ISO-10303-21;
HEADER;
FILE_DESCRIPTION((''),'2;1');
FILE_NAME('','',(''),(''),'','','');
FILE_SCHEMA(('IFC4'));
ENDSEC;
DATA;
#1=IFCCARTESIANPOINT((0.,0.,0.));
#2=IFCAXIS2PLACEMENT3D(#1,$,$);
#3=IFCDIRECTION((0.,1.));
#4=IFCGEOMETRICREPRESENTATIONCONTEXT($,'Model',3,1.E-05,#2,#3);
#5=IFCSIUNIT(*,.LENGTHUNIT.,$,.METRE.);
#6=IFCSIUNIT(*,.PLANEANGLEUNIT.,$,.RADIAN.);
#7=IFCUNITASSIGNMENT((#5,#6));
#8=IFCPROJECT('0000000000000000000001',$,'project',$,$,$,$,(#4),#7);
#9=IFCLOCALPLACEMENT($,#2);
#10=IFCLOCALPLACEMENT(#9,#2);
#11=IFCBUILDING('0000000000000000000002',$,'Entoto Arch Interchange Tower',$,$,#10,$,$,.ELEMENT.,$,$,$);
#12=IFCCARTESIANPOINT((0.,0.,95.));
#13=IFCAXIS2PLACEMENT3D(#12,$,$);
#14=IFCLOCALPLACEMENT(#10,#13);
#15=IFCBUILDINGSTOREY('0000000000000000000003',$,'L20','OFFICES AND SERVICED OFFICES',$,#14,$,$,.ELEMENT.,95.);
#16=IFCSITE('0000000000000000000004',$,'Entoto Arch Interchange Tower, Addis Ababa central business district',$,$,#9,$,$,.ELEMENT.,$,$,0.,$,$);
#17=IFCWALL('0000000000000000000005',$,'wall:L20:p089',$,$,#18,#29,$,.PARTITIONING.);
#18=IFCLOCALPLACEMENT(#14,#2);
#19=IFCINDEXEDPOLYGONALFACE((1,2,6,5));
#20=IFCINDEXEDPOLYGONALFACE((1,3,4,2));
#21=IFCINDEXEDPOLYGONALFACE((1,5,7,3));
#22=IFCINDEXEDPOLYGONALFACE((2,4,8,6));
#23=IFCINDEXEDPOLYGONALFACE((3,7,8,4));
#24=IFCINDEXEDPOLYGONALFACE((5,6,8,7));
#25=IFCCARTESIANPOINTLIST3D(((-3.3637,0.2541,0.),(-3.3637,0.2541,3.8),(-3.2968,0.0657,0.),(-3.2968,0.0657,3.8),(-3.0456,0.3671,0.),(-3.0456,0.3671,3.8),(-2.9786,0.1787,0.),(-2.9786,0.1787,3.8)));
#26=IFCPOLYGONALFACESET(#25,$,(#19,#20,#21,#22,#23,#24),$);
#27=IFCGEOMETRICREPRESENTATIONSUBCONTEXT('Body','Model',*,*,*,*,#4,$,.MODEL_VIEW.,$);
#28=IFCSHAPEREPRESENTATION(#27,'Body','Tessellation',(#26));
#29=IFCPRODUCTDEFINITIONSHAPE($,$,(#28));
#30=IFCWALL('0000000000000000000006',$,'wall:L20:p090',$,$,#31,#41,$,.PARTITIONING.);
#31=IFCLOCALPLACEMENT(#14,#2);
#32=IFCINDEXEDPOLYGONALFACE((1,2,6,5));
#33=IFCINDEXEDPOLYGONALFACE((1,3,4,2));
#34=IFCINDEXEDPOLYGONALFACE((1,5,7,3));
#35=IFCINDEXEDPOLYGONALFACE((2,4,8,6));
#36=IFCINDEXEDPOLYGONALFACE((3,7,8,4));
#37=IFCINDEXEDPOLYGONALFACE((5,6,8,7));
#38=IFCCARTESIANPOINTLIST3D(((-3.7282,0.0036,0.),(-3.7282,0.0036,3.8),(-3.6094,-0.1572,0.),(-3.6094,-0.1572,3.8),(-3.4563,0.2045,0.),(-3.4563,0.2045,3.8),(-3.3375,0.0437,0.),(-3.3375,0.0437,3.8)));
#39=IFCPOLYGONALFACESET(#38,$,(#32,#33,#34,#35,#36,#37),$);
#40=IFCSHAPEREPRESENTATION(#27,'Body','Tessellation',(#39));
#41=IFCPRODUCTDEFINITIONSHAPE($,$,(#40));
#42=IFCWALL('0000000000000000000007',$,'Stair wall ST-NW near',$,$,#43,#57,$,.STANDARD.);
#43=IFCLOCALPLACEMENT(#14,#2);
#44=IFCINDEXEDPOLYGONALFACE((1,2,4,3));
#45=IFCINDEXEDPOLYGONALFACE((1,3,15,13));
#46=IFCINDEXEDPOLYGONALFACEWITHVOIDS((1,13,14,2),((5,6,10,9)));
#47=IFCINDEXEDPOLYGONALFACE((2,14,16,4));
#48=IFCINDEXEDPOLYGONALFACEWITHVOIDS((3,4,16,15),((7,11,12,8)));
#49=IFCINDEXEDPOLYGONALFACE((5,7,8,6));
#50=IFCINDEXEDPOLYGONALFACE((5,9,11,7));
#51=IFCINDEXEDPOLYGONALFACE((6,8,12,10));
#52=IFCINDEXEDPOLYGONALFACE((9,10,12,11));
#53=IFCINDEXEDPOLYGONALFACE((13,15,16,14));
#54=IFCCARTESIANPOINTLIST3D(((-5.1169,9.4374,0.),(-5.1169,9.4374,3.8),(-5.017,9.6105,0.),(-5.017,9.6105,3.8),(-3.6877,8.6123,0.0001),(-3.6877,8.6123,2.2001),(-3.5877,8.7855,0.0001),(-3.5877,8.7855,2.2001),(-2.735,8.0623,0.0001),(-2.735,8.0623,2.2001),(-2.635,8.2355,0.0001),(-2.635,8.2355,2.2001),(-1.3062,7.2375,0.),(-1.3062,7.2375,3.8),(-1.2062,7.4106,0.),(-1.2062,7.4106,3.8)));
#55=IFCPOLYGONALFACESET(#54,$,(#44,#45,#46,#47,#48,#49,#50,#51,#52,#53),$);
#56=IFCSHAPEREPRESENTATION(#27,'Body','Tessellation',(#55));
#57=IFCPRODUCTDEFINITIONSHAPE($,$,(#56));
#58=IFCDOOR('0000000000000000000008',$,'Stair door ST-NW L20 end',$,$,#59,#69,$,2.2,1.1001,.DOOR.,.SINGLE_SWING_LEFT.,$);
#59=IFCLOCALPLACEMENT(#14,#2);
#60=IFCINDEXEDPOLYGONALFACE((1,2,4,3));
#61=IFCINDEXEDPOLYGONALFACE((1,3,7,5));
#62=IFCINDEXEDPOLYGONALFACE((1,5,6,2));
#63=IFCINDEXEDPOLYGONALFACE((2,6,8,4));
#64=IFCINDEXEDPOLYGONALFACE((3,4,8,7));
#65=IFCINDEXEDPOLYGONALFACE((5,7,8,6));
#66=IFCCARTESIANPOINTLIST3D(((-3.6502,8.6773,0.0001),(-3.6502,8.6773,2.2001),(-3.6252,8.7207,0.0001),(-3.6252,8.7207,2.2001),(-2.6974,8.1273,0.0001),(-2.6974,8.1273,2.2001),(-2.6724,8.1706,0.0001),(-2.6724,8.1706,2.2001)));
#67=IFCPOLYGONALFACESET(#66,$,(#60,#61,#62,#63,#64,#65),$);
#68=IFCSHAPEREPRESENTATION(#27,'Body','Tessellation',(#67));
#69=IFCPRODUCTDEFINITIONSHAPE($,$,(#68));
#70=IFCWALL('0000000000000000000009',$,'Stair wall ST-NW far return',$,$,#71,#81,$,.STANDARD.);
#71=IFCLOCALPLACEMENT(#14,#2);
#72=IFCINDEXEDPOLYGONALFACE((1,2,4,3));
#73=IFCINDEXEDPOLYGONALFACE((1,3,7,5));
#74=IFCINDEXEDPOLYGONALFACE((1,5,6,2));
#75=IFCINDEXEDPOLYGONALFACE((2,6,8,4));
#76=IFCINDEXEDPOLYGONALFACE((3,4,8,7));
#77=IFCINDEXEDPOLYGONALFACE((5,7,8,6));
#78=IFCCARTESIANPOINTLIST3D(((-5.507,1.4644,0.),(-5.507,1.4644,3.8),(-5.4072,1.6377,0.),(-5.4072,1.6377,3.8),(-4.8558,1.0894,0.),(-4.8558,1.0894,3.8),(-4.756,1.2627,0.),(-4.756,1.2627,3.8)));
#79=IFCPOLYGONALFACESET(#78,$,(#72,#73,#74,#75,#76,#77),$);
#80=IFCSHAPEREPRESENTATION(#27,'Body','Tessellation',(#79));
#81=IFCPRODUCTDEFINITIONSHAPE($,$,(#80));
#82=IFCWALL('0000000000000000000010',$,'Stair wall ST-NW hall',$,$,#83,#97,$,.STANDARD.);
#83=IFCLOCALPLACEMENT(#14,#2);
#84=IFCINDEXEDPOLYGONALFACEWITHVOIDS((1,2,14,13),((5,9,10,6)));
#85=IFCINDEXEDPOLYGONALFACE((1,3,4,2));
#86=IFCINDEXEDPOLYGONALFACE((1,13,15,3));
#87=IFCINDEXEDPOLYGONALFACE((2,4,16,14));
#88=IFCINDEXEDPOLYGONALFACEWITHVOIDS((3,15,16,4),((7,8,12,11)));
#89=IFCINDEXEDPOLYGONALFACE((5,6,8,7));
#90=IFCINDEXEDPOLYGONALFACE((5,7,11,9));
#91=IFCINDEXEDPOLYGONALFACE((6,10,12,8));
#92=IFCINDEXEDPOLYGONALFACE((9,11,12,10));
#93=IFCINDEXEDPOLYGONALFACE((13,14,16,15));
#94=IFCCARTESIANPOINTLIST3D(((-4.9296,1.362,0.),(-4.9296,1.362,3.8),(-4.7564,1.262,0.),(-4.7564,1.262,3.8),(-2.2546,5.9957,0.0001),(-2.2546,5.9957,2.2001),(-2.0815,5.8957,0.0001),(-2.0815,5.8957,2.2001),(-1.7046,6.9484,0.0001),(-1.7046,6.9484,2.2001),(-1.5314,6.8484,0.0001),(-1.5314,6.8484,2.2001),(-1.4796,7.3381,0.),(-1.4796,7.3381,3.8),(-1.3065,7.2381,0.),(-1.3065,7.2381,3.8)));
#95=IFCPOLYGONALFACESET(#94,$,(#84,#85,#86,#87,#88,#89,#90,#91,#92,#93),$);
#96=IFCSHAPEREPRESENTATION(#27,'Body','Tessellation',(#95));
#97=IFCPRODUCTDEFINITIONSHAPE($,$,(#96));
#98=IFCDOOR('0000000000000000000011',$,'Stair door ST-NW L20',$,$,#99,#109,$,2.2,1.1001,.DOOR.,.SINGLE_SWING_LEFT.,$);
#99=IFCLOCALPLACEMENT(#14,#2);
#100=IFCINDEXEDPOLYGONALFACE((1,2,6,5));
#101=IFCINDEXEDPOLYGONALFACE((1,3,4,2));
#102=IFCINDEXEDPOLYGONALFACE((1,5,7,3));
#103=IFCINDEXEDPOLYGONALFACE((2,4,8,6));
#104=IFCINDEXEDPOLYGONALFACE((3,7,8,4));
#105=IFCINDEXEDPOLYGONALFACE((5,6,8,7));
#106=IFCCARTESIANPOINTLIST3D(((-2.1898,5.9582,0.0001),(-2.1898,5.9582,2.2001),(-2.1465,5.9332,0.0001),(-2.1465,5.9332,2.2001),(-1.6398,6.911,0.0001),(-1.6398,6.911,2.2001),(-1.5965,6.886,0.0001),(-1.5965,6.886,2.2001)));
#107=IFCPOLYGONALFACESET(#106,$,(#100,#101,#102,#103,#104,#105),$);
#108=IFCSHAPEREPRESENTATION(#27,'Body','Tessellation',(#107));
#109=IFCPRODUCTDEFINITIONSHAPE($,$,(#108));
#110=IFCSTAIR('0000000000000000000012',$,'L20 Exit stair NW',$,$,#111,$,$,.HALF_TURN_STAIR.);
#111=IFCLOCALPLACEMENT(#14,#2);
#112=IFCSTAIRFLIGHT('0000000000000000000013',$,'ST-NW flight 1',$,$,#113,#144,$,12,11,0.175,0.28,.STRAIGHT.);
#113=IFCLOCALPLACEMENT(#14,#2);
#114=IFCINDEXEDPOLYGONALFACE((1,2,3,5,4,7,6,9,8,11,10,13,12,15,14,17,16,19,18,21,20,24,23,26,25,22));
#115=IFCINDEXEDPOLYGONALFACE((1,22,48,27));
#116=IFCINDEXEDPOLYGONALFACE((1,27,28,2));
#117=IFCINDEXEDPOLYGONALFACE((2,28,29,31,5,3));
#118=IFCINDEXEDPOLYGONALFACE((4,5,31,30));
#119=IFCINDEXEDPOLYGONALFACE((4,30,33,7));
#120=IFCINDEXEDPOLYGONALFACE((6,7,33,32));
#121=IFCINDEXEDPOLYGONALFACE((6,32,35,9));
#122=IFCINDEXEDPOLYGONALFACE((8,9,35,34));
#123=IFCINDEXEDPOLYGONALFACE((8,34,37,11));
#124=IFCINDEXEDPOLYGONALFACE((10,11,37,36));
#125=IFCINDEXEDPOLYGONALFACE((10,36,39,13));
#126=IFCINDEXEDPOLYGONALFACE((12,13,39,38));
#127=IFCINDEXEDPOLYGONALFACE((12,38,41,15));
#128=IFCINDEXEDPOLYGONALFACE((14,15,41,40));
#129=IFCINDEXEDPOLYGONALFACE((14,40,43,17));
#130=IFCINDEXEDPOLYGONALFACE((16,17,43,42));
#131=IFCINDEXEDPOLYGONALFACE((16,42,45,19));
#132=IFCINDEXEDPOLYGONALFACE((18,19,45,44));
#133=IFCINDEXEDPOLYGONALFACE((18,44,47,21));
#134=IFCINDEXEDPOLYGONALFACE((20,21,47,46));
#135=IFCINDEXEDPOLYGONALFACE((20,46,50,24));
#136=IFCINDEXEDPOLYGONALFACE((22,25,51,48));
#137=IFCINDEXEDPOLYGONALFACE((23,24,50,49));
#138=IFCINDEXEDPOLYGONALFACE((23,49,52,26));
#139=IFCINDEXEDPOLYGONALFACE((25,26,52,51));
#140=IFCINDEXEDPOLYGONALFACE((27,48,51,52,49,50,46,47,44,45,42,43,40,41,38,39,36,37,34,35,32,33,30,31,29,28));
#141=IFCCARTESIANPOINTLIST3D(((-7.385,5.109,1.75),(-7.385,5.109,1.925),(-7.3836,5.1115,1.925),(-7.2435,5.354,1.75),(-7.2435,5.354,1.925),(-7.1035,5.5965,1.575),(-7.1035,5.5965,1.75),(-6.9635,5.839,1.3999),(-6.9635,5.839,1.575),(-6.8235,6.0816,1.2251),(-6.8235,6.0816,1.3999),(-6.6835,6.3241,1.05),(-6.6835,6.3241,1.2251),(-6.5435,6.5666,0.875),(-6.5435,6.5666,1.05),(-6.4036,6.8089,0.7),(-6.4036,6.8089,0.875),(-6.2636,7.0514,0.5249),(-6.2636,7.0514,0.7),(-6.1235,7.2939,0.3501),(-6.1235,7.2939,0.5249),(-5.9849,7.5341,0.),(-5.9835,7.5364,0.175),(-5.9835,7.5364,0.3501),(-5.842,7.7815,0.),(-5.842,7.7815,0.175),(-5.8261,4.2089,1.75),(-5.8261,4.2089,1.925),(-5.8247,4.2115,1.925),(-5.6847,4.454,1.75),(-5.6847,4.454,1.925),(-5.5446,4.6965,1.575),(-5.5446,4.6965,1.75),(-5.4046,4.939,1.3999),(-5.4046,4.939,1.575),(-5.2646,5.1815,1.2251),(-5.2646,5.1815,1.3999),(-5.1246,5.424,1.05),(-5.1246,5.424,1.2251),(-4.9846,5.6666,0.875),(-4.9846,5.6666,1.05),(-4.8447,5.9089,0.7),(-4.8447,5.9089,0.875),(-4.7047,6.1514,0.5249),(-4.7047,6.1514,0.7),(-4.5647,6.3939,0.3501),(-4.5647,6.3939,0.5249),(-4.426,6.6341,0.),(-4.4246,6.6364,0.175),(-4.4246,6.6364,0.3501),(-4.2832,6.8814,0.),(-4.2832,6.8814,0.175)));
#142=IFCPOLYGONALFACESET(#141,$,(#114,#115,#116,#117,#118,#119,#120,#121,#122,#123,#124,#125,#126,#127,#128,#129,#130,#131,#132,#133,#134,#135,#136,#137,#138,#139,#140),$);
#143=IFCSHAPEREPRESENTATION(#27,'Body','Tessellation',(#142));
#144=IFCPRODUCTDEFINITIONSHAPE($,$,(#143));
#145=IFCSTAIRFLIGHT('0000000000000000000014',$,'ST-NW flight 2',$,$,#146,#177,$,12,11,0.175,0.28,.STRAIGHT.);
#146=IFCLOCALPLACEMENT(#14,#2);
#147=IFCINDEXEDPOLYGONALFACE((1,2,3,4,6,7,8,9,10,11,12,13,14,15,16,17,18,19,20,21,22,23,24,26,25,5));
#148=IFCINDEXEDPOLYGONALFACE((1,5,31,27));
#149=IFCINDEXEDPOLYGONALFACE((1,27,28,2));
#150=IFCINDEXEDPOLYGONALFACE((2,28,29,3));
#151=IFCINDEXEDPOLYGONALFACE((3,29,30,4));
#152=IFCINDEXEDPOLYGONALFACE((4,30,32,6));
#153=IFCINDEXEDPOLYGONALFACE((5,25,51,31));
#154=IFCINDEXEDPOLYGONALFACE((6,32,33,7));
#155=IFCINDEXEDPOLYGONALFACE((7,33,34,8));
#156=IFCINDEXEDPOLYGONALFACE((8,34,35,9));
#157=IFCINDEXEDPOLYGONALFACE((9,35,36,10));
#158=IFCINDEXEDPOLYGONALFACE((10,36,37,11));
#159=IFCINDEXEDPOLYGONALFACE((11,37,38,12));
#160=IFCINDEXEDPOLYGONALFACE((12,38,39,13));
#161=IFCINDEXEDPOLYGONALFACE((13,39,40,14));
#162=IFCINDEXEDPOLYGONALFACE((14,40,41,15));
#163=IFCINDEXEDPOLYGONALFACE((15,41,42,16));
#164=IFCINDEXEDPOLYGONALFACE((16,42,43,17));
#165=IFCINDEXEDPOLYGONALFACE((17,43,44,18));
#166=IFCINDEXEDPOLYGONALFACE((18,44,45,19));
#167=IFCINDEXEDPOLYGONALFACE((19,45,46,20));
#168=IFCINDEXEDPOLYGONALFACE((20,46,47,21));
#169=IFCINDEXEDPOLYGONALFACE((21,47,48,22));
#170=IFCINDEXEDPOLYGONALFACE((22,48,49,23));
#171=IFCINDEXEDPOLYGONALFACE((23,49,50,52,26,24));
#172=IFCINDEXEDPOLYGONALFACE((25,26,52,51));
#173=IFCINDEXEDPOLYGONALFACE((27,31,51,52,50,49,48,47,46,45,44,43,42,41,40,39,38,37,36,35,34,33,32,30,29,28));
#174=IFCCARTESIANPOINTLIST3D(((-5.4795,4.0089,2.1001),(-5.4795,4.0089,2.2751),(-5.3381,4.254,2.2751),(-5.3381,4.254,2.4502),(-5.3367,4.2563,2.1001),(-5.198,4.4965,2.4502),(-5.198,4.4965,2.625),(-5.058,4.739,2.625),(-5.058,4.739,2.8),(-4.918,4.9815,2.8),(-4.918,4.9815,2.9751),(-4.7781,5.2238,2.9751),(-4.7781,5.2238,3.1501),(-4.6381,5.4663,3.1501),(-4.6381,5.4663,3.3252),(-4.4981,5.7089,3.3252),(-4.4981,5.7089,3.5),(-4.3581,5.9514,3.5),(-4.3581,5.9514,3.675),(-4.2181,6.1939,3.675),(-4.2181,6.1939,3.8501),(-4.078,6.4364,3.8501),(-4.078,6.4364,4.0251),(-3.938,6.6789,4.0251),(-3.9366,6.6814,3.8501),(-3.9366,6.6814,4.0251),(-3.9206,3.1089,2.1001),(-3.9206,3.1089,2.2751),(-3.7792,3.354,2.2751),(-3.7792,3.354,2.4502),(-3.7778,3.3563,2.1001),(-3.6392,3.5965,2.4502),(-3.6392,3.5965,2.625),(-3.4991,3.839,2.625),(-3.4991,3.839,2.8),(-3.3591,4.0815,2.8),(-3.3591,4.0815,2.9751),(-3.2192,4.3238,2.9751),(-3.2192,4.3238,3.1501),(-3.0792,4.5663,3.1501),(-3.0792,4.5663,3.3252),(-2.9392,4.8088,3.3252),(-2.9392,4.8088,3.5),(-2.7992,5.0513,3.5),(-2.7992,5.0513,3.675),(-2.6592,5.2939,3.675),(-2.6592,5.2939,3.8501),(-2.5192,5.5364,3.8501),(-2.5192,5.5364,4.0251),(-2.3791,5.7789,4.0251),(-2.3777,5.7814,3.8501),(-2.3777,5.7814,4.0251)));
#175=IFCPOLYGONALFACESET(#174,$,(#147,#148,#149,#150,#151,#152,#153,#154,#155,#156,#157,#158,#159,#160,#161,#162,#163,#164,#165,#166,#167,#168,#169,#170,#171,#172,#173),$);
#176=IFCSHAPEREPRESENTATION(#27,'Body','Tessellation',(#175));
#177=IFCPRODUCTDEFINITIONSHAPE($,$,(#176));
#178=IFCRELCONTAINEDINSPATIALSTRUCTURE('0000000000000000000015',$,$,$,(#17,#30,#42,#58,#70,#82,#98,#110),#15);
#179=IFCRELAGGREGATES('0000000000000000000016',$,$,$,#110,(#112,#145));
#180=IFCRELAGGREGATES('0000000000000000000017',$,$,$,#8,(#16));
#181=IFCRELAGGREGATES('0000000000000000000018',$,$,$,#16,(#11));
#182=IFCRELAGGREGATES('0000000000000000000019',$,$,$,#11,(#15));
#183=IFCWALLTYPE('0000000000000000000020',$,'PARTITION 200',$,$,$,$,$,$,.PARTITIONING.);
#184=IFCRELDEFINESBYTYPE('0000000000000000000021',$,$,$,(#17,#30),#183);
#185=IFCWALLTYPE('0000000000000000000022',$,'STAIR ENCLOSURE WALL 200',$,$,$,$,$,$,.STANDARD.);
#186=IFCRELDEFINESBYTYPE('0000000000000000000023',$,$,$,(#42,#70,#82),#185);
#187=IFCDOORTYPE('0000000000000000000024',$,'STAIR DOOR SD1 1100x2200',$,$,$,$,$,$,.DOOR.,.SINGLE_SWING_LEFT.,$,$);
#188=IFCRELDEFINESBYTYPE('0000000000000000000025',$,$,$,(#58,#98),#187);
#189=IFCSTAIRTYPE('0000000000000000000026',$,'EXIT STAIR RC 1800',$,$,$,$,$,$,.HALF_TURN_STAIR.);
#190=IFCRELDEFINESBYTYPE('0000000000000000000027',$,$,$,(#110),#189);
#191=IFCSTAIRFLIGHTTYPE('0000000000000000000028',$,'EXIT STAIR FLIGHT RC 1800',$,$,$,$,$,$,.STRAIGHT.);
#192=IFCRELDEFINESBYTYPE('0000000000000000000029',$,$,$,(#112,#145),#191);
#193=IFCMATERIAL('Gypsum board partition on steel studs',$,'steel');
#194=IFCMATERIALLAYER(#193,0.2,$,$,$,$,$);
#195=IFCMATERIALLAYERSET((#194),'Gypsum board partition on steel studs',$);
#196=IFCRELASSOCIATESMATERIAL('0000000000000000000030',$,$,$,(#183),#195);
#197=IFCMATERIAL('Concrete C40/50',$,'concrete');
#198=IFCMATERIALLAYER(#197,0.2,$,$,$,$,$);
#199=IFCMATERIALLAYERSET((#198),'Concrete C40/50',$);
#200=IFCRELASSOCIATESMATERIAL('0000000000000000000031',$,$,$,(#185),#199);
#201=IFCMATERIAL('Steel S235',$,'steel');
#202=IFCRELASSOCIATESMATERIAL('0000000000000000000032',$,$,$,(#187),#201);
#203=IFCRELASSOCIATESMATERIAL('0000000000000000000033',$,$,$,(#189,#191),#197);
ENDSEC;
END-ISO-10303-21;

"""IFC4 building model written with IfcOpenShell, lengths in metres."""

from ifc_helpers import new_model, si_unit, direction, frame, frame_2d, origin, place, context, subcontext, project, spatial, polyline, rectangle, outline, extrude, material, layer, layer_set, type_object, element, fill, aggregate, save


model = new_model("IFC4")

# Units and contexts
model_context = context("Model", 3, precision=1e-05, world=origin(), true_north=direction((0.0, 1.0)))
body_context = subcontext(model_context, "Body", "Model", "MODEL_VIEW")
ifc_project = project(units=[si_unit("LENGTHUNIT", "METRE"), si_unit("PLANEANGLEUNIT", "RADIAN")], contexts=[model_context])

# Site, building, storey
site_placement = place(None, origin())
site = spatial("IfcSite", under=ifc_project, at=site_placement, Name="Entoto Arch Interchange Tower, Addis Ababa central business district", CompositionType="ELEMENT", RefElevation=0.0)
building_placement = place(site_placement, origin())
building = spatial("IfcBuilding", under=site, at=building_placement, Name="Entoto Arch Interchange Tower", CompositionType="ELEMENT")
storey_placement = place(building_placement, frame((0.0, 0.0, 95.0)))
storey = spatial("IfcBuildingStorey", under=building, at=storey_placement, Name="L20", Description="OFFICES AND SERVICED OFFICES", CompositionType="ELEMENT", Elevation=95.0)

# Shared definitions
ifc_material_1 = material(Name="Gypsum board partition on steel studs", Category="steel")
ifc_layer_1 = layer(ifc_material_1, 0.2)
ifc_layer_set_1 = layer_set([ifc_layer_1], Name="Gypsum board partition on steel studs")
wall_type_1 = type_object("IfcWallType", Name="PARTITION 200", PredefinedType="PARTITIONING", material=ifc_layer_set_1)

# Walls
wall_1_placement = place(storey_placement, frame((-3.012, 0.2729, 0.0), z_axis=(0.0, 0.0, 1.0), x_axis=(-0.942281, -0.334824, 0.0)))
element("IfcWall", 1, at=wall_1_placement, inside=storey, type_object=wall_type_1, Name="wall:L20:p089", PredefinedType="PARTITIONING", context=body_context, shape_type="SweptSolid", body=[
    extrude(rectangle(XDim=0.3376, YDim=0.2, at=frame_2d((0.1689, 0.0))), origin(), (0.0, 0.0, 1.0), 3.8),
])
wall_2_placement = place(storey_placement, frame((-3.397, 0.124, 0.0), z_axis=(0.0, 0.0, 1.0), x_axis=(-0.804311, -0.594208, 0.0)))
element("IfcWall", 2, at=wall_2_placement, inside=storey, type_object=wall_type_1, Name="wall:L20:p090", PredefinedType="PARTITIONING", context=body_context, shape_type="SweptSolid", body=[
    extrude(rectangle(XDim=0.3381, YDim=0.2, at=frame_2d((0.1689, 0.0))), origin(), (0.0, 0.0, 1.0), 3.8),
])

# Wall, opening, door
ifc_material_2 = material(Name="Concrete C40/50", Category="concrete")
ifc_layer_2 = layer(ifc_material_2, 0.2)
ifc_layer_set_2 = layer_set([ifc_layer_2], Name="Concrete C40/50")
wall_type_2 = type_object("IfcWallType", Name="STAIR ENCLOSURE WALL 200", PredefinedType="STANDARD", material=ifc_layer_set_2)
wall_3_placement = place(storey_placement, frame((-1.2561, 7.324, 0.0), z_axis=(0.0, 0.0, 1.0), x_axis=(-0.866046, 0.499964, 0.0)))
wall_3 = element("IfcWall", 3, at=wall_3_placement, inside=storey, type_object=wall_type_2, Name="Stair wall ST-NW near", PredefinedType="STANDARD", context=body_context, shape_type="SweptSolid", body=[
    extrude(rectangle(XDim=4.4001, YDim=0.2, at=frame_2d((2.2002, 0.0))), origin(), (0.0, 0.0, 1.0), 3.8),
])
opening_1_placement = place(wall_3_placement, frame((1.6499, 0.0, 0.0)))
opening_1 = element("IfcOpeningElement", 4, at=opening_1_placement, cuts=wall_3, PredefinedType="OPENING", context=body_context, shape_type="SweptSolid", body=[
    extrude(rectangle(XDim=1.1001, YDim=2.2, at=frame_2d((0.55, 1.1001))), frame((0.0, 0.1099, 0.0), z_axis=(0.0, -1.0, 0.0), x_axis=(1.0, 0.0, 0.0)), (0.0, 0.0, 1.0), 0.22),
])
ifc_material_3 = material(Name="Steel S235", Category="steel")
door_type_1 = type_object("IfcDoorType", Name="STAIR DOOR SD1 1100x2200", OperationType="SINGLE_SWING_LEFT", PredefinedType="DOOR", material=ifc_material_3)
door_1_placement = place(opening_1_placement, origin())
door_1 = element("IfcDoor", 5, at=door_1_placement, inside=storey, type_object=door_type_1, Name="Stair door ST-NW L20 end", OperationType="SINGLE_SWING_LEFT", OverallHeight=2.2, OverallWidth=1.1001, PredefinedType="DOOR", context=body_context, shape_type="SweptSolid", body=[
    extrude(rectangle(XDim=1.1001, YDim=2.2, at=frame_2d((0.55, 1.1001))), frame((0.0, 0.0249, 0.0), z_axis=(0.0, -1.0, 0.0), x_axis=(1.0, 0.0, 0.0)), (0.0, 0.0, 1.0), 0.05),
])
fill(opening_1, door_1)

# Wall
wall_4_placement = place(storey_placement, frame((-4.8059, 1.176, 0.0), z_axis=(0.0, 0.0, 1.0), x_axis=(-0.866559, 0.499075, 0.0)))
element("IfcWall", 6, at=wall_4_placement, inside=storey, type_object=wall_type_2, Name="Stair wall ST-NW far return", PredefinedType="STANDARD", context=body_context, shape_type="SweptSolid", body=[
    extrude(rectangle(XDim=0.7515, YDim=0.2, at=frame_2d((0.3757, 0.0))), origin(), (0.0, 0.0, 1.0), 3.8),
])

# Wall, opening, door
wall_5_placement = place(storey_placement, frame((-1.3931, 7.2881, 0.0), z_axis=(0.0, 0.0, 1.0), x_axis=(-0.499963, -0.866047, 0.0)))
wall_5 = element("IfcWall", 7, at=wall_5_placement, inside=storey, type_object=wall_type_2, Name="Stair wall ST-NW hall", PredefinedType="STANDARD", context=body_context, shape_type="SweptSolid", body=[
    extrude(rectangle(XDim=6.9004, YDim=0.2, at=frame_2d((3.4502, 0.0))), origin(), (0.0, 0.0, 1.0), 3.8),
])
opening_2_placement = place(wall_5_placement, frame((0.45, 0.0, 0.0)))
opening_2 = element("IfcOpeningElement", 8, at=opening_2_placement, cuts=wall_5, PredefinedType="OPENING", context=body_context, shape_type="SweptSolid", body=[
    extrude(rectangle(XDim=1.1001, YDim=2.2, at=frame_2d((0.55, 1.1001))), frame((0.0, 0.1099, 0.0), z_axis=(0.0, -1.0, 0.0), x_axis=(1.0, 0.0, 0.0)), (0.0, 0.0, 1.0), 0.22),
])
door_2_placement = place(opening_2_placement, origin())
door_2 = element("IfcDoor", 9, at=door_2_placement, inside=storey, type_object=door_type_1, Name="Stair door ST-NW L20", OperationType="SINGLE_SWING_LEFT", OverallHeight=2.2, OverallWidth=1.1001, PredefinedType="DOOR", context=body_context, shape_type="SweptSolid", body=[
    extrude(rectangle(XDim=1.1001, YDim=2.2, at=frame_2d((0.55, 1.1001))), frame((0.0, 0.0249, 0.0), z_axis=(0.0, -1.0, 0.0), x_axis=(1.0, 0.0, 0.0)), (0.0, 0.0, 1.0), 0.05),
])
fill(opening_2, door_2)

# Stair, stair flights
stair_type = type_object("IfcStairType", Name="EXIT STAIR RC 1800", PredefinedType="HALF_TURN_STAIR", material=ifc_material_2)
stair_placement = place(storey_placement, origin())
stair = element("IfcStair", 10, at=stair_placement, inside=storey, type_object=stair_type, Name="L20 Exit stair NW", PredefinedType="HALF_TURN_STAIR")
stair_flight_type = type_object("IfcStairFlightType", Name="EXIT STAIR FLIGHT RC 1800", PredefinedType="STRAIGHT", material=ifc_material_2)
stair_flight_1_placement = place(storey_placement, frame((-5.064, 7.3289, 0.0), z_axis=(0.0, 0.0, 1.0), x_axis=(-0.5, -0.866025, 0.0)))
stair_flight_1 = element("IfcStairFlight", 11, at=stair_flight_1_placement, type_object=stair_flight_type, Name="ST-NW flight 1", NumberOfRisers=12, NumberOfTreads=11, PredefinedType="STRAIGHT", RiserHeight=0.175, TreadLength=0.28, context=body_context, shape_type="SweptSolid", body=[
    extrude(outline(polyline([(-0.0029, 0.0), (-0.0029, 0.175), (0.28, 0.175), (0.28, 0.3501), (0.5601, 0.3501), (0.5601, 0.5249), (0.8401, 0.5249), (0.8401, 0.7), (1.1201, 0.7), (1.1201, 0.875), (1.3999, 0.875), (1.3999, 1.05), (1.6799, 1.05), (1.6799, 1.2251), (1.96, 1.2251), (1.96, 1.3999), (2.24, 1.3999), (2.24, 1.575), (2.52, 1.575), (2.52, 1.75), (2.8, 1.75), (2.8, 1.925), (3.0801, 1.925), (3.083, 1.925), (3.083, 1.75), (0.2827, 0.0), (-0.0029, 0.0)])), frame((0.0, 0.8999, 0.0), z_axis=(0.0, -1.0, 0.0), x_axis=(1.0, 0.0, 0.0)), (0.0, 0.0, 1.0), 1.8),
])
stair_flight_2_placement = place(storey_placement, frame((-4.6987, 3.5615, 2.1001), z_axis=(0.0, 0.0, 1.0), x_axis=(0.5, 0.866025, 0.0)))
stair_flight_2 = element("IfcStairFlight", 12, at=stair_flight_2_placement, type_object=stair_flight_type, Name="ST-NW flight 2", NumberOfRisers=12, NumberOfTreads=11, PredefinedType="STRAIGHT", RiserHeight=0.175, TreadLength=0.28, context=body_context, shape_type="SweptSolid", body=[
    extrude(outline(polyline([(-0.0029, 0.0), (-0.0029, 0.175), (0.28, 0.175), (0.28, 0.3501), (0.5601, 0.3501), (0.5601, 0.5249), (0.8401, 0.5249), (0.8401, 0.7), (1.1201, 0.7), (1.1201, 0.875), (1.3999, 0.875), (1.3999, 1.05), (1.6799, 1.05), (1.6799, 1.2251), (1.96, 1.2251), (1.96, 1.3999), (2.24, 1.3999), (2.24, 1.575), (2.52, 1.575), (2.52, 1.75), (2.8, 1.75), (2.8, 1.925), (3.0801, 1.925), (3.083, 1.925), (3.083, 1.75), (0.2827, 0.0), (-0.0029, 0.0)])), frame((0.0, 0.8999, 0.0), z_axis=(0.0, -1.0, 0.0), x_axis=(1.0, 0.0, 0.0)), (0.0, 0.0, 1.0), 1.8),
])
aggregate(stair, [stair_flight_1, stair_flight_2])

save(model, "model.ifc")
